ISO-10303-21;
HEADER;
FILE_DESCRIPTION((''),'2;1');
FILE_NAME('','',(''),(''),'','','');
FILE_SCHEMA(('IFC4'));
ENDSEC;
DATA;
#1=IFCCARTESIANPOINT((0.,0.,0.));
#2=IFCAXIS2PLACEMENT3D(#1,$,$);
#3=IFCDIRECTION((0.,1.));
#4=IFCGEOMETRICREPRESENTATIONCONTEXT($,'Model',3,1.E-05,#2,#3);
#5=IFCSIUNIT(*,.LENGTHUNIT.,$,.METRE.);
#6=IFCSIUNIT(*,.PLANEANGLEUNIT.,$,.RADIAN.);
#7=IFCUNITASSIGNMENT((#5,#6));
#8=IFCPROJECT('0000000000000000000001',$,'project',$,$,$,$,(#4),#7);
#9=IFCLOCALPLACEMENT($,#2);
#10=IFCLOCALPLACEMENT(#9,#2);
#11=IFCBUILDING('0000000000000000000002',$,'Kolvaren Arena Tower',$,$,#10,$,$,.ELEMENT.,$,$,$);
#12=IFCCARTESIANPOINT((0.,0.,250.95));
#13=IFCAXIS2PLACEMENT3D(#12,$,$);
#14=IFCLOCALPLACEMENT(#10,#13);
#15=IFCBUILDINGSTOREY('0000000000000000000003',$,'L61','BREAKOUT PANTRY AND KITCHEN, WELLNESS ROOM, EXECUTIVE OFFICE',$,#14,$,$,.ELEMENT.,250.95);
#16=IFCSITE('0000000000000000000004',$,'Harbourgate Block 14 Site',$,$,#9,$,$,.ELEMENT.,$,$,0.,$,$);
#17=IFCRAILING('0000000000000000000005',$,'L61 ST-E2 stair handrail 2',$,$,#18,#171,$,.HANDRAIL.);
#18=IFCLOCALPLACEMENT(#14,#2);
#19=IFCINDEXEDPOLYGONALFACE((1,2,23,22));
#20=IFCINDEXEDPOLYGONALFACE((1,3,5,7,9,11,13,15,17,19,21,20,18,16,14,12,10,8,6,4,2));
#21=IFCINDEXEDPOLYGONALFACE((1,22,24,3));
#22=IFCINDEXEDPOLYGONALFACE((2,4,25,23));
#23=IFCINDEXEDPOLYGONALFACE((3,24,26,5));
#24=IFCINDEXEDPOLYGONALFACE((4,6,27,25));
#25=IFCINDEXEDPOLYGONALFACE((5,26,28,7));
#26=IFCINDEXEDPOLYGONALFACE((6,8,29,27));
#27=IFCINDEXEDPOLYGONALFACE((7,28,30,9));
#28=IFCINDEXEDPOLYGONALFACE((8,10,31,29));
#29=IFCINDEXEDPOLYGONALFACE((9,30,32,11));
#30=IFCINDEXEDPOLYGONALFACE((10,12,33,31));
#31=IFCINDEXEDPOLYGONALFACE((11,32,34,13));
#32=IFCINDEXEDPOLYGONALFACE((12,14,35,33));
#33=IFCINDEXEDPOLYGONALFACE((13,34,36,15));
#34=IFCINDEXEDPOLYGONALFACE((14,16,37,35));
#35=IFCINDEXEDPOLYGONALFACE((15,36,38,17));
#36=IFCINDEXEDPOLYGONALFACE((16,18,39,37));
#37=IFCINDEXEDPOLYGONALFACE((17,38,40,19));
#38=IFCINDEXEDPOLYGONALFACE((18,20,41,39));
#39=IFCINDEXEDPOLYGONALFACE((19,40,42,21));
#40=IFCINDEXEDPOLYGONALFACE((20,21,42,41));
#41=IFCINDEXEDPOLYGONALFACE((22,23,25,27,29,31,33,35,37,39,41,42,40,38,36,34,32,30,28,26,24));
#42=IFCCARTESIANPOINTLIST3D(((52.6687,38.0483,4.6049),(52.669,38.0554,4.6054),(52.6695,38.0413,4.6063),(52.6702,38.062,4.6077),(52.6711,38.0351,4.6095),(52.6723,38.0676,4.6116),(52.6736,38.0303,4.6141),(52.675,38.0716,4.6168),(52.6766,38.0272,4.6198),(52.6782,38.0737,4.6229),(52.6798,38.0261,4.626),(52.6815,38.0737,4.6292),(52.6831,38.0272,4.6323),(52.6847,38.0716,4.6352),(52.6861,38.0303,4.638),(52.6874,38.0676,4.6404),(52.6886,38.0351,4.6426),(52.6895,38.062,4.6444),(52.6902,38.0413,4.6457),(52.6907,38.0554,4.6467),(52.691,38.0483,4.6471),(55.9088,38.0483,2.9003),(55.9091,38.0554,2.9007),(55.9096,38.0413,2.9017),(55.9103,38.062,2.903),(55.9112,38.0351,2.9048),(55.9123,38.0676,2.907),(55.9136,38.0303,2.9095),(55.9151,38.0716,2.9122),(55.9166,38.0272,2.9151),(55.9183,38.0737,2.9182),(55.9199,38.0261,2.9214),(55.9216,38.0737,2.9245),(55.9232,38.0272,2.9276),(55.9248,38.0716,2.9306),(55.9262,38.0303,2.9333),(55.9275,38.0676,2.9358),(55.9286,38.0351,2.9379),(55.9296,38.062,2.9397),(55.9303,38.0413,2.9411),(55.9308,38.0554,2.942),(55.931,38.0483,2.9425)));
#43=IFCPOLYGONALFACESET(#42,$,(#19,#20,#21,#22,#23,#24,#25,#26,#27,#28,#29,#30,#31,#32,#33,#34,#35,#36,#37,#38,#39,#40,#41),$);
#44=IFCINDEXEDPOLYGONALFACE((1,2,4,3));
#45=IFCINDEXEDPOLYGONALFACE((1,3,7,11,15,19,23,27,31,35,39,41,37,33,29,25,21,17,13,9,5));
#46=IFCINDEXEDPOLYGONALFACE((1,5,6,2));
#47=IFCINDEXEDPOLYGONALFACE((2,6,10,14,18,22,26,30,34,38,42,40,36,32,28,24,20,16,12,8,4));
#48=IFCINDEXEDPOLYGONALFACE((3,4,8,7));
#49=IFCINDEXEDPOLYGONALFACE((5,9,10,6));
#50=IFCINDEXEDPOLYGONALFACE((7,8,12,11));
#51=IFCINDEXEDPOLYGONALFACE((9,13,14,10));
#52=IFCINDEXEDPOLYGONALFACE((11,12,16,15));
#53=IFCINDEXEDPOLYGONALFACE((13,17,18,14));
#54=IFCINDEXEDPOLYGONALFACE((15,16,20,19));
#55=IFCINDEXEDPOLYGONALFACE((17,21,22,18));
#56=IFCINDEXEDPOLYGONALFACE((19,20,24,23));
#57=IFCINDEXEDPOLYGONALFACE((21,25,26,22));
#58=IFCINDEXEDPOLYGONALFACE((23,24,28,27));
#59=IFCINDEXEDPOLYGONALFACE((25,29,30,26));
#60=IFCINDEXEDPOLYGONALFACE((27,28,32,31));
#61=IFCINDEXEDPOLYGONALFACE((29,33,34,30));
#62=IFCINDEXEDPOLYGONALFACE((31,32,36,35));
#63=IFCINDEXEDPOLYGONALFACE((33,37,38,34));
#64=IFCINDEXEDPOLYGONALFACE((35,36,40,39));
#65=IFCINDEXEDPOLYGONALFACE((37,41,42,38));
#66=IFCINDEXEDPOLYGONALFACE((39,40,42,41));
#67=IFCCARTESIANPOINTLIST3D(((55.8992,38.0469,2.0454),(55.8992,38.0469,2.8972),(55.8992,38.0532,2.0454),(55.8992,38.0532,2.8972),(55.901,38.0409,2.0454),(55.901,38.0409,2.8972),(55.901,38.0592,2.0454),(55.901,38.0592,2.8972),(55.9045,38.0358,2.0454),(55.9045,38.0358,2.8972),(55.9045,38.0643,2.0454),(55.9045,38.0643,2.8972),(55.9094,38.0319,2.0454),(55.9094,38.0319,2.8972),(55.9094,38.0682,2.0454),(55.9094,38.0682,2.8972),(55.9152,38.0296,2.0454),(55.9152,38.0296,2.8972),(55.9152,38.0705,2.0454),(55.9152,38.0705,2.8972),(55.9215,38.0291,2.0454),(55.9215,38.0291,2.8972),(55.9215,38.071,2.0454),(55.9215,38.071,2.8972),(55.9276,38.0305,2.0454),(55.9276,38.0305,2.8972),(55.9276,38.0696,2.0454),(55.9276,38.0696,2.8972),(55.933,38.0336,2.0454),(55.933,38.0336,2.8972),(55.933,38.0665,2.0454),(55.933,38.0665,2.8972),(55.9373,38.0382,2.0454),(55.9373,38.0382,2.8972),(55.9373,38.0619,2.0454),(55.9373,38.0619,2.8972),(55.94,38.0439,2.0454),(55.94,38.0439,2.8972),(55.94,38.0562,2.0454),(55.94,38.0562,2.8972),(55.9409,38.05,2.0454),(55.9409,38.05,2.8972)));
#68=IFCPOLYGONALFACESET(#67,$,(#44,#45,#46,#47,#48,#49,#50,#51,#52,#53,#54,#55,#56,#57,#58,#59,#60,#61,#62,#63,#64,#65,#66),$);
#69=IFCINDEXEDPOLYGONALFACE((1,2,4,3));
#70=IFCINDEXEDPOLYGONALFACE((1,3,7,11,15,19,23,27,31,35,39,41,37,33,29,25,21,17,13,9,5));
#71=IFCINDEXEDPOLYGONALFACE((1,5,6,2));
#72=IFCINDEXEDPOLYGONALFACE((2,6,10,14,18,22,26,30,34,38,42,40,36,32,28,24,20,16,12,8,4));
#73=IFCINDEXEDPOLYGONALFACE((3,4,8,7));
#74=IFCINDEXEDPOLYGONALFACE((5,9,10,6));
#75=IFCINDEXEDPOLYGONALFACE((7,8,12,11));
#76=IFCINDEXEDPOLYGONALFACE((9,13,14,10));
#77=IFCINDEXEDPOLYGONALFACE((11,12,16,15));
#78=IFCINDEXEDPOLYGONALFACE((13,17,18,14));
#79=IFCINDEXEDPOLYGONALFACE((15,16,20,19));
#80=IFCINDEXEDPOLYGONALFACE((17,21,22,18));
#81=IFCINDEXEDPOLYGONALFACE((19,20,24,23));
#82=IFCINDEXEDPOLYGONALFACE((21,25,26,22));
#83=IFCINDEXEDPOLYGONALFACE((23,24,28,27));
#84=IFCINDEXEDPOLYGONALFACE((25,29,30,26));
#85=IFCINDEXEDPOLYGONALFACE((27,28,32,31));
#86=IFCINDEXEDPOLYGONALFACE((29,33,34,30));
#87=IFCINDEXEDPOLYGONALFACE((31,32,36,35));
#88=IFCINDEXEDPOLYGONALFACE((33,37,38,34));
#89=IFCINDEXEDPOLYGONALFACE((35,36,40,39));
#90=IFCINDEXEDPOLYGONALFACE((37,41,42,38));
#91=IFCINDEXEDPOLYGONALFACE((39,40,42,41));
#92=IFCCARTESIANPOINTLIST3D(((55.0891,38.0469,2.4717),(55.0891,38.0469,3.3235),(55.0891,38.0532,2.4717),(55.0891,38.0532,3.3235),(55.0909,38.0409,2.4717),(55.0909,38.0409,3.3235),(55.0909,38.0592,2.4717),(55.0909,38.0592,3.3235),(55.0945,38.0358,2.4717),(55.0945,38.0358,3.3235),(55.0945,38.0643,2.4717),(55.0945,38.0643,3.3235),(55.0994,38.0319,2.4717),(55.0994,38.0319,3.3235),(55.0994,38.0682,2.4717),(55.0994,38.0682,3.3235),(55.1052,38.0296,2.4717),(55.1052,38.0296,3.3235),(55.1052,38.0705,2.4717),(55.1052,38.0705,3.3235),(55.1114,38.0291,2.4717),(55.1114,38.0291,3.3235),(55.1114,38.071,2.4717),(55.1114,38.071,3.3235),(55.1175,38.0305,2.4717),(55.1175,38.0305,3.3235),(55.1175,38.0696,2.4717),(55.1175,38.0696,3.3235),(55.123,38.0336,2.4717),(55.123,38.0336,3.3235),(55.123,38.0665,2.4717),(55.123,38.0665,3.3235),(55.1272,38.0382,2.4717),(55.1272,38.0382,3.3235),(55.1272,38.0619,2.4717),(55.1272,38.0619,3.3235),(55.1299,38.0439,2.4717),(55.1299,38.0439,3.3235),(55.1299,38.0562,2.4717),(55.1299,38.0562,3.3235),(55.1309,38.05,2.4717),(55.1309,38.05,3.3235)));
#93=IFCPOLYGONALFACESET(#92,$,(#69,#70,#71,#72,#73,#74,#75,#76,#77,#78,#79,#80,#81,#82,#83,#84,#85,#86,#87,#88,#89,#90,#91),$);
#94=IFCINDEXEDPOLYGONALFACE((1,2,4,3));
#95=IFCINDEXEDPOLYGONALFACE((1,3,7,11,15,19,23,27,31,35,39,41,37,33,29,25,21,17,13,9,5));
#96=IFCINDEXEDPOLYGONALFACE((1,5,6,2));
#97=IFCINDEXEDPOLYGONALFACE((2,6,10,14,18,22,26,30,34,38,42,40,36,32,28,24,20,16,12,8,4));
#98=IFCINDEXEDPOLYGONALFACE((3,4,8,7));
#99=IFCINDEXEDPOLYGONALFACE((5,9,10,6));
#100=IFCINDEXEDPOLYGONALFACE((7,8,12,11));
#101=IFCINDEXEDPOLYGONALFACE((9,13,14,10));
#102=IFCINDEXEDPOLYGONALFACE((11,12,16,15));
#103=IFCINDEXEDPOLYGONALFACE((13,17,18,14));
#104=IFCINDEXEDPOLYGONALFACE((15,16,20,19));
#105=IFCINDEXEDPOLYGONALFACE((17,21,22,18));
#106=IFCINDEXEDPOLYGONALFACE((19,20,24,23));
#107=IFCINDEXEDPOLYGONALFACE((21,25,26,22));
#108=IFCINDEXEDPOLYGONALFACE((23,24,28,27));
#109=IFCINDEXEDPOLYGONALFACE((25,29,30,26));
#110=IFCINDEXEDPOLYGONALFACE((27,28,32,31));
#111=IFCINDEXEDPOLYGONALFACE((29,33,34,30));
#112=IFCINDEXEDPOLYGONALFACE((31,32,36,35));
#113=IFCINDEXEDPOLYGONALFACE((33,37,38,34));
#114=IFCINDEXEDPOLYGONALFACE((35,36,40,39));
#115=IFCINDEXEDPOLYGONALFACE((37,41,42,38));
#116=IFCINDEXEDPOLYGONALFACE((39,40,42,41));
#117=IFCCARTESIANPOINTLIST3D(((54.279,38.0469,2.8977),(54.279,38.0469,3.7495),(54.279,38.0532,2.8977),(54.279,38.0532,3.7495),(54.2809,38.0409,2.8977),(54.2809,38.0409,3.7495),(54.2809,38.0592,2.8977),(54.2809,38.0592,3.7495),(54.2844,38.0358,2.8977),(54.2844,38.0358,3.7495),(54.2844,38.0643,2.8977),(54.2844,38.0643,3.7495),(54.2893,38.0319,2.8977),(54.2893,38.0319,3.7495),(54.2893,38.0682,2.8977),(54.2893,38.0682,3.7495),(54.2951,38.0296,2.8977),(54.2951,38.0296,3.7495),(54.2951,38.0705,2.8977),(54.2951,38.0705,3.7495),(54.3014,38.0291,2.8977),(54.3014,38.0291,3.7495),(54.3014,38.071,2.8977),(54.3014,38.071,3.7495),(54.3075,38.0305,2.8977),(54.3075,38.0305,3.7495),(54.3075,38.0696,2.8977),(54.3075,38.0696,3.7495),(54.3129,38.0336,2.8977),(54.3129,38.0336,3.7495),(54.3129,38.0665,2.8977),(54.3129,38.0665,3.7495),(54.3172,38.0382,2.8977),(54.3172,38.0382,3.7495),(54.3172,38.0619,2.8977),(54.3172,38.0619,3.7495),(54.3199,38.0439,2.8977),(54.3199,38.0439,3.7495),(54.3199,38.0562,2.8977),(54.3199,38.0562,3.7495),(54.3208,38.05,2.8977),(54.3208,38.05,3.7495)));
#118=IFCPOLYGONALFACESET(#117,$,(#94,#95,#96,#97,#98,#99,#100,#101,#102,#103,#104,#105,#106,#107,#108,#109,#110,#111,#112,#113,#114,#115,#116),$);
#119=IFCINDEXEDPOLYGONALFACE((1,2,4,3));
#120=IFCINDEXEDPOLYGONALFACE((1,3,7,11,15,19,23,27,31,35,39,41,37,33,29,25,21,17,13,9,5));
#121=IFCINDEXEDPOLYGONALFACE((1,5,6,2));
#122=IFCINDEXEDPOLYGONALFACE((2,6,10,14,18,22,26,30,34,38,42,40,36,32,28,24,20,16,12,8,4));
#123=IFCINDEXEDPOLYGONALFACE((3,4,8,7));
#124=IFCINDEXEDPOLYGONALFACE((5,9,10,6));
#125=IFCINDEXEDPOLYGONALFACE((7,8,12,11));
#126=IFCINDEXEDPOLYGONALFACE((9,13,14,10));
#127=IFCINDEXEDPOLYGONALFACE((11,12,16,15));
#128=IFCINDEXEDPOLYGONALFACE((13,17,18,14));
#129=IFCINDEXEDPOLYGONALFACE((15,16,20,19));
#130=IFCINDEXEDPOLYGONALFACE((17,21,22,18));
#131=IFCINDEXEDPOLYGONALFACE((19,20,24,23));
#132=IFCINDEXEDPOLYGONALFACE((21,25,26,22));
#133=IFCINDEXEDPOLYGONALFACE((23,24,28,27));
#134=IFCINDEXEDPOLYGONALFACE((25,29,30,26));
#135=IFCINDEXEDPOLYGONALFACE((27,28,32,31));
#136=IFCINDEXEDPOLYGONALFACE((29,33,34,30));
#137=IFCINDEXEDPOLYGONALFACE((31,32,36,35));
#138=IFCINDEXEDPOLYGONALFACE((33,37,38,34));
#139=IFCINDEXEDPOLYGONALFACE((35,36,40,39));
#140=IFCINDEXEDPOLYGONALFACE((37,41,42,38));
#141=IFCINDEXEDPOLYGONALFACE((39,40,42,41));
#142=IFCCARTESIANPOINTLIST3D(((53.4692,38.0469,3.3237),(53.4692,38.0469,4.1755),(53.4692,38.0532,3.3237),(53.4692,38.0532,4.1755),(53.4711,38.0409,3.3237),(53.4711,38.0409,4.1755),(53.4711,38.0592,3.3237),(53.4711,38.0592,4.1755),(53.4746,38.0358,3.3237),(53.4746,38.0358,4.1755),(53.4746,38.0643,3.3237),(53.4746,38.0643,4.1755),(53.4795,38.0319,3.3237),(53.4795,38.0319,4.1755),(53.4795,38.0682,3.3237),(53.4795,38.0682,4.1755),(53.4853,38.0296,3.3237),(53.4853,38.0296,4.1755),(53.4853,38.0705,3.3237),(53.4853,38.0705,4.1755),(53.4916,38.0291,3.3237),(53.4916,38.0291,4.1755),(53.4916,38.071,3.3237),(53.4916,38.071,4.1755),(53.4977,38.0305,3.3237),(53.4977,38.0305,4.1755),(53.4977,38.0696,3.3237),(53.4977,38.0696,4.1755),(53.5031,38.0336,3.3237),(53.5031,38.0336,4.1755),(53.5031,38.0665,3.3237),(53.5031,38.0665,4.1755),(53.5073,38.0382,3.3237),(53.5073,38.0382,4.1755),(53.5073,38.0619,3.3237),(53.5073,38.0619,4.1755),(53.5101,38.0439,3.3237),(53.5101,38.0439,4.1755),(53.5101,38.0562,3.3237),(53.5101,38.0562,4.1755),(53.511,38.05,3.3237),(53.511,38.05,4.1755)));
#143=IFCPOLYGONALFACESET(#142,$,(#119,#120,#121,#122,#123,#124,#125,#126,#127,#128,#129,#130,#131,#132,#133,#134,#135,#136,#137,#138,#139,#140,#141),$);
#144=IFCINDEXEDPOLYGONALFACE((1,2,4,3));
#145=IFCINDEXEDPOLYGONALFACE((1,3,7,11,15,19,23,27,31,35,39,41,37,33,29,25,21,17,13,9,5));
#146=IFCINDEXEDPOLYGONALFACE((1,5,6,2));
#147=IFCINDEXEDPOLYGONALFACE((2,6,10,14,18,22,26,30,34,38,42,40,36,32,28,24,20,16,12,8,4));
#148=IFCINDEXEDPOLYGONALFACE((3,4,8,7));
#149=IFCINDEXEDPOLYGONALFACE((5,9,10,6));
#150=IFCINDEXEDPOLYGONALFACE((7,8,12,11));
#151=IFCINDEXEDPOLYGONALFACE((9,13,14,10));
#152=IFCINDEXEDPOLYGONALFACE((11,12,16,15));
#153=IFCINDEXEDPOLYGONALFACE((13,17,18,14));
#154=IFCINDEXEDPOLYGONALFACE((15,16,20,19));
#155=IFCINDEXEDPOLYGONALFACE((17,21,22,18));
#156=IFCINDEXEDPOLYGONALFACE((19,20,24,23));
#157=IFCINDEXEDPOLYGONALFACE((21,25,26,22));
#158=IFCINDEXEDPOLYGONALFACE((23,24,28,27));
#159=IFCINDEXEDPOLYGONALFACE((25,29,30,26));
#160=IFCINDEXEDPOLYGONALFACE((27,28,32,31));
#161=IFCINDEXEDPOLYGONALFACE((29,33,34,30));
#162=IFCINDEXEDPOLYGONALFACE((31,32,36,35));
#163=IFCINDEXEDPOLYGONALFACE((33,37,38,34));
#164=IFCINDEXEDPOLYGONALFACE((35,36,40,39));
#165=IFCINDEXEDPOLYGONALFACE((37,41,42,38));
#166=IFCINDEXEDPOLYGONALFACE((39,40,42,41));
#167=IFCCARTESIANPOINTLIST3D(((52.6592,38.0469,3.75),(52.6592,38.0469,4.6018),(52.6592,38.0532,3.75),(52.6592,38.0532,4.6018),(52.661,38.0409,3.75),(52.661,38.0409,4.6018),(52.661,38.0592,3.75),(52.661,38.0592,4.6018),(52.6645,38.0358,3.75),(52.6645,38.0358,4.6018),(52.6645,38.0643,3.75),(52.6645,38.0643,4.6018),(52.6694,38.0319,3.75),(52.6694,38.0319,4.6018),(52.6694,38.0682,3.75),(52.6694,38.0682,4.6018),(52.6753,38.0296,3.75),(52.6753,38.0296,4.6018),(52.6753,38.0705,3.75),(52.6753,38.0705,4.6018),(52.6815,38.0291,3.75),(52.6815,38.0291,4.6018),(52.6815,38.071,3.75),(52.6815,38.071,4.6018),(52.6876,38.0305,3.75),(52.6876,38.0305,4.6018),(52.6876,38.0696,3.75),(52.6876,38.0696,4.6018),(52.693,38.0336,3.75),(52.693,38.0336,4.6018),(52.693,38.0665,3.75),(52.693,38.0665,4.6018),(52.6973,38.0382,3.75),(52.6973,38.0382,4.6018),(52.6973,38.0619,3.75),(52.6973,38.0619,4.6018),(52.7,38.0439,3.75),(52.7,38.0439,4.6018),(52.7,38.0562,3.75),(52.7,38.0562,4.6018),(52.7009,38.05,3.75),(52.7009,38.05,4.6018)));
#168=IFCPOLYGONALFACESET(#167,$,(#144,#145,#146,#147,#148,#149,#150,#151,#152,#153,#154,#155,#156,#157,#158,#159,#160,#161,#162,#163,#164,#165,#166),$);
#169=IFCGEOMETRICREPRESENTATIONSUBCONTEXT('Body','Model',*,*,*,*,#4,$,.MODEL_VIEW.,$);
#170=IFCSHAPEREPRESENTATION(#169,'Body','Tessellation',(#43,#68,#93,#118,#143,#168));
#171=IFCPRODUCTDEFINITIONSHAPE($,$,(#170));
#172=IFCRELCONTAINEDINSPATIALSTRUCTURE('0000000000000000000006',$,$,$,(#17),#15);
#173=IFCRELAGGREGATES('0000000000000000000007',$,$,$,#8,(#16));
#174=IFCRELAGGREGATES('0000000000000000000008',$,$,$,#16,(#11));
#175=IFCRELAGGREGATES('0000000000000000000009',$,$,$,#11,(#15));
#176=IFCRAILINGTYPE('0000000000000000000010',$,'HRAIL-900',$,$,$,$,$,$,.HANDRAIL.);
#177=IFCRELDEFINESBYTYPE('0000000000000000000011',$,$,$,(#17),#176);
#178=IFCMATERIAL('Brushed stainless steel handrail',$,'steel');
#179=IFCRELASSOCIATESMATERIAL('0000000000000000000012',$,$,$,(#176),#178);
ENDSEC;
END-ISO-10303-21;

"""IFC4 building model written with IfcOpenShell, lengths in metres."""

from ifc_helpers import new_model, si_unit, direction, frame, origin, origin_2d, place, context, subcontext, project, spatial, circle, extrude, material, type_object, element, save


model = new_model("IFC4")

# Units and contexts
model_context = context("Model", 3, precision=1e-05, world=origin(), true_north=direction((0.0, 1.0)))
body_context = subcontext(model_context, "Body", "Model", "MODEL_VIEW")
ifc_project = project(units=[si_unit("LENGTHUNIT", "METRE"), si_unit("PLANEANGLEUNIT", "RADIAN")], contexts=[model_context])

# Site, building, storey
site_placement = place(None, origin())
site = spatial("IfcSite", under=ifc_project, at=site_placement, Name="Harbourgate Block 14 Site", CompositionType="ELEMENT", RefElevation=0.0)
building_placement = place(site_placement, origin())
building = spatial("IfcBuilding", under=site, at=building_placement, Name="Kolvaren Arena Tower", CompositionType="ELEMENT")
storey_placement = place(building_placement, frame((0.0, 0.0, 250.95)))
storey = spatial("IfcBuildingStorey", under=building, at=storey_placement, Name="L61", Description="BREAKOUT PANTRY AND KITCHEN, WELLNESS ROOM, EXECUTIVE OFFICE", CompositionType="ELEMENT", Elevation=250.95)

# Railing
ifc_material_1 = material(Name="Brushed stainless steel handrail", Category="steel")
railing_type_1 = type_object("IfcRailingType", Name="HRAIL-900", PredefinedType="HANDRAIL", material=ifc_material_1)
for number, where, name in (
    (1, (55.9199, 38.05, 2.0454), "L61 ST-E2 stair handrail 2"),
):
    element("IfcRailing", number, at=place(storey_placement, frame(where)), inside=storey, type_object=railing_type_1, Name=name, PredefinedType="HANDRAIL", context=body_context, shape_type="SweptSolid", body=[
        extrude(circle(Radius=0.0239, at=origin_2d()), frame((0.0, 0.0, 0.876), z_axis=(-0.884993, 0.0, 0.465604), x_axis=(0.0, -1.0, 0.0)), (0.0, 0.0, 1.0), 3.6611),
        extrude(circle(Radius=0.021, at=origin_2d()), origin(), (0.0, 0.0, 1.0), 0.8518),
        extrude(circle(Radius=0.021, at=origin_2d()), frame((-0.8101, 0.0, 0.4263)), (0.0, 0.0, 1.0), 0.8518),
        extrude(circle(Radius=0.021, at=origin_2d()), frame((-1.6201, 0.0, 0.8523)), (0.0, 0.0, 1.0), 0.8518),
        extrude(circle(Radius=0.021, at=origin_2d()), frame((-2.4299, 0.0, 1.2783)), (0.0, 0.0, 1.0), 0.8518),
        extrude(circle(Radius=0.021, at=origin_2d()), frame((-3.24, 0.0, 1.7046)), (0.0, 0.0, 1.0), 0.8518),
    ])

save(model, "model.ifc")
